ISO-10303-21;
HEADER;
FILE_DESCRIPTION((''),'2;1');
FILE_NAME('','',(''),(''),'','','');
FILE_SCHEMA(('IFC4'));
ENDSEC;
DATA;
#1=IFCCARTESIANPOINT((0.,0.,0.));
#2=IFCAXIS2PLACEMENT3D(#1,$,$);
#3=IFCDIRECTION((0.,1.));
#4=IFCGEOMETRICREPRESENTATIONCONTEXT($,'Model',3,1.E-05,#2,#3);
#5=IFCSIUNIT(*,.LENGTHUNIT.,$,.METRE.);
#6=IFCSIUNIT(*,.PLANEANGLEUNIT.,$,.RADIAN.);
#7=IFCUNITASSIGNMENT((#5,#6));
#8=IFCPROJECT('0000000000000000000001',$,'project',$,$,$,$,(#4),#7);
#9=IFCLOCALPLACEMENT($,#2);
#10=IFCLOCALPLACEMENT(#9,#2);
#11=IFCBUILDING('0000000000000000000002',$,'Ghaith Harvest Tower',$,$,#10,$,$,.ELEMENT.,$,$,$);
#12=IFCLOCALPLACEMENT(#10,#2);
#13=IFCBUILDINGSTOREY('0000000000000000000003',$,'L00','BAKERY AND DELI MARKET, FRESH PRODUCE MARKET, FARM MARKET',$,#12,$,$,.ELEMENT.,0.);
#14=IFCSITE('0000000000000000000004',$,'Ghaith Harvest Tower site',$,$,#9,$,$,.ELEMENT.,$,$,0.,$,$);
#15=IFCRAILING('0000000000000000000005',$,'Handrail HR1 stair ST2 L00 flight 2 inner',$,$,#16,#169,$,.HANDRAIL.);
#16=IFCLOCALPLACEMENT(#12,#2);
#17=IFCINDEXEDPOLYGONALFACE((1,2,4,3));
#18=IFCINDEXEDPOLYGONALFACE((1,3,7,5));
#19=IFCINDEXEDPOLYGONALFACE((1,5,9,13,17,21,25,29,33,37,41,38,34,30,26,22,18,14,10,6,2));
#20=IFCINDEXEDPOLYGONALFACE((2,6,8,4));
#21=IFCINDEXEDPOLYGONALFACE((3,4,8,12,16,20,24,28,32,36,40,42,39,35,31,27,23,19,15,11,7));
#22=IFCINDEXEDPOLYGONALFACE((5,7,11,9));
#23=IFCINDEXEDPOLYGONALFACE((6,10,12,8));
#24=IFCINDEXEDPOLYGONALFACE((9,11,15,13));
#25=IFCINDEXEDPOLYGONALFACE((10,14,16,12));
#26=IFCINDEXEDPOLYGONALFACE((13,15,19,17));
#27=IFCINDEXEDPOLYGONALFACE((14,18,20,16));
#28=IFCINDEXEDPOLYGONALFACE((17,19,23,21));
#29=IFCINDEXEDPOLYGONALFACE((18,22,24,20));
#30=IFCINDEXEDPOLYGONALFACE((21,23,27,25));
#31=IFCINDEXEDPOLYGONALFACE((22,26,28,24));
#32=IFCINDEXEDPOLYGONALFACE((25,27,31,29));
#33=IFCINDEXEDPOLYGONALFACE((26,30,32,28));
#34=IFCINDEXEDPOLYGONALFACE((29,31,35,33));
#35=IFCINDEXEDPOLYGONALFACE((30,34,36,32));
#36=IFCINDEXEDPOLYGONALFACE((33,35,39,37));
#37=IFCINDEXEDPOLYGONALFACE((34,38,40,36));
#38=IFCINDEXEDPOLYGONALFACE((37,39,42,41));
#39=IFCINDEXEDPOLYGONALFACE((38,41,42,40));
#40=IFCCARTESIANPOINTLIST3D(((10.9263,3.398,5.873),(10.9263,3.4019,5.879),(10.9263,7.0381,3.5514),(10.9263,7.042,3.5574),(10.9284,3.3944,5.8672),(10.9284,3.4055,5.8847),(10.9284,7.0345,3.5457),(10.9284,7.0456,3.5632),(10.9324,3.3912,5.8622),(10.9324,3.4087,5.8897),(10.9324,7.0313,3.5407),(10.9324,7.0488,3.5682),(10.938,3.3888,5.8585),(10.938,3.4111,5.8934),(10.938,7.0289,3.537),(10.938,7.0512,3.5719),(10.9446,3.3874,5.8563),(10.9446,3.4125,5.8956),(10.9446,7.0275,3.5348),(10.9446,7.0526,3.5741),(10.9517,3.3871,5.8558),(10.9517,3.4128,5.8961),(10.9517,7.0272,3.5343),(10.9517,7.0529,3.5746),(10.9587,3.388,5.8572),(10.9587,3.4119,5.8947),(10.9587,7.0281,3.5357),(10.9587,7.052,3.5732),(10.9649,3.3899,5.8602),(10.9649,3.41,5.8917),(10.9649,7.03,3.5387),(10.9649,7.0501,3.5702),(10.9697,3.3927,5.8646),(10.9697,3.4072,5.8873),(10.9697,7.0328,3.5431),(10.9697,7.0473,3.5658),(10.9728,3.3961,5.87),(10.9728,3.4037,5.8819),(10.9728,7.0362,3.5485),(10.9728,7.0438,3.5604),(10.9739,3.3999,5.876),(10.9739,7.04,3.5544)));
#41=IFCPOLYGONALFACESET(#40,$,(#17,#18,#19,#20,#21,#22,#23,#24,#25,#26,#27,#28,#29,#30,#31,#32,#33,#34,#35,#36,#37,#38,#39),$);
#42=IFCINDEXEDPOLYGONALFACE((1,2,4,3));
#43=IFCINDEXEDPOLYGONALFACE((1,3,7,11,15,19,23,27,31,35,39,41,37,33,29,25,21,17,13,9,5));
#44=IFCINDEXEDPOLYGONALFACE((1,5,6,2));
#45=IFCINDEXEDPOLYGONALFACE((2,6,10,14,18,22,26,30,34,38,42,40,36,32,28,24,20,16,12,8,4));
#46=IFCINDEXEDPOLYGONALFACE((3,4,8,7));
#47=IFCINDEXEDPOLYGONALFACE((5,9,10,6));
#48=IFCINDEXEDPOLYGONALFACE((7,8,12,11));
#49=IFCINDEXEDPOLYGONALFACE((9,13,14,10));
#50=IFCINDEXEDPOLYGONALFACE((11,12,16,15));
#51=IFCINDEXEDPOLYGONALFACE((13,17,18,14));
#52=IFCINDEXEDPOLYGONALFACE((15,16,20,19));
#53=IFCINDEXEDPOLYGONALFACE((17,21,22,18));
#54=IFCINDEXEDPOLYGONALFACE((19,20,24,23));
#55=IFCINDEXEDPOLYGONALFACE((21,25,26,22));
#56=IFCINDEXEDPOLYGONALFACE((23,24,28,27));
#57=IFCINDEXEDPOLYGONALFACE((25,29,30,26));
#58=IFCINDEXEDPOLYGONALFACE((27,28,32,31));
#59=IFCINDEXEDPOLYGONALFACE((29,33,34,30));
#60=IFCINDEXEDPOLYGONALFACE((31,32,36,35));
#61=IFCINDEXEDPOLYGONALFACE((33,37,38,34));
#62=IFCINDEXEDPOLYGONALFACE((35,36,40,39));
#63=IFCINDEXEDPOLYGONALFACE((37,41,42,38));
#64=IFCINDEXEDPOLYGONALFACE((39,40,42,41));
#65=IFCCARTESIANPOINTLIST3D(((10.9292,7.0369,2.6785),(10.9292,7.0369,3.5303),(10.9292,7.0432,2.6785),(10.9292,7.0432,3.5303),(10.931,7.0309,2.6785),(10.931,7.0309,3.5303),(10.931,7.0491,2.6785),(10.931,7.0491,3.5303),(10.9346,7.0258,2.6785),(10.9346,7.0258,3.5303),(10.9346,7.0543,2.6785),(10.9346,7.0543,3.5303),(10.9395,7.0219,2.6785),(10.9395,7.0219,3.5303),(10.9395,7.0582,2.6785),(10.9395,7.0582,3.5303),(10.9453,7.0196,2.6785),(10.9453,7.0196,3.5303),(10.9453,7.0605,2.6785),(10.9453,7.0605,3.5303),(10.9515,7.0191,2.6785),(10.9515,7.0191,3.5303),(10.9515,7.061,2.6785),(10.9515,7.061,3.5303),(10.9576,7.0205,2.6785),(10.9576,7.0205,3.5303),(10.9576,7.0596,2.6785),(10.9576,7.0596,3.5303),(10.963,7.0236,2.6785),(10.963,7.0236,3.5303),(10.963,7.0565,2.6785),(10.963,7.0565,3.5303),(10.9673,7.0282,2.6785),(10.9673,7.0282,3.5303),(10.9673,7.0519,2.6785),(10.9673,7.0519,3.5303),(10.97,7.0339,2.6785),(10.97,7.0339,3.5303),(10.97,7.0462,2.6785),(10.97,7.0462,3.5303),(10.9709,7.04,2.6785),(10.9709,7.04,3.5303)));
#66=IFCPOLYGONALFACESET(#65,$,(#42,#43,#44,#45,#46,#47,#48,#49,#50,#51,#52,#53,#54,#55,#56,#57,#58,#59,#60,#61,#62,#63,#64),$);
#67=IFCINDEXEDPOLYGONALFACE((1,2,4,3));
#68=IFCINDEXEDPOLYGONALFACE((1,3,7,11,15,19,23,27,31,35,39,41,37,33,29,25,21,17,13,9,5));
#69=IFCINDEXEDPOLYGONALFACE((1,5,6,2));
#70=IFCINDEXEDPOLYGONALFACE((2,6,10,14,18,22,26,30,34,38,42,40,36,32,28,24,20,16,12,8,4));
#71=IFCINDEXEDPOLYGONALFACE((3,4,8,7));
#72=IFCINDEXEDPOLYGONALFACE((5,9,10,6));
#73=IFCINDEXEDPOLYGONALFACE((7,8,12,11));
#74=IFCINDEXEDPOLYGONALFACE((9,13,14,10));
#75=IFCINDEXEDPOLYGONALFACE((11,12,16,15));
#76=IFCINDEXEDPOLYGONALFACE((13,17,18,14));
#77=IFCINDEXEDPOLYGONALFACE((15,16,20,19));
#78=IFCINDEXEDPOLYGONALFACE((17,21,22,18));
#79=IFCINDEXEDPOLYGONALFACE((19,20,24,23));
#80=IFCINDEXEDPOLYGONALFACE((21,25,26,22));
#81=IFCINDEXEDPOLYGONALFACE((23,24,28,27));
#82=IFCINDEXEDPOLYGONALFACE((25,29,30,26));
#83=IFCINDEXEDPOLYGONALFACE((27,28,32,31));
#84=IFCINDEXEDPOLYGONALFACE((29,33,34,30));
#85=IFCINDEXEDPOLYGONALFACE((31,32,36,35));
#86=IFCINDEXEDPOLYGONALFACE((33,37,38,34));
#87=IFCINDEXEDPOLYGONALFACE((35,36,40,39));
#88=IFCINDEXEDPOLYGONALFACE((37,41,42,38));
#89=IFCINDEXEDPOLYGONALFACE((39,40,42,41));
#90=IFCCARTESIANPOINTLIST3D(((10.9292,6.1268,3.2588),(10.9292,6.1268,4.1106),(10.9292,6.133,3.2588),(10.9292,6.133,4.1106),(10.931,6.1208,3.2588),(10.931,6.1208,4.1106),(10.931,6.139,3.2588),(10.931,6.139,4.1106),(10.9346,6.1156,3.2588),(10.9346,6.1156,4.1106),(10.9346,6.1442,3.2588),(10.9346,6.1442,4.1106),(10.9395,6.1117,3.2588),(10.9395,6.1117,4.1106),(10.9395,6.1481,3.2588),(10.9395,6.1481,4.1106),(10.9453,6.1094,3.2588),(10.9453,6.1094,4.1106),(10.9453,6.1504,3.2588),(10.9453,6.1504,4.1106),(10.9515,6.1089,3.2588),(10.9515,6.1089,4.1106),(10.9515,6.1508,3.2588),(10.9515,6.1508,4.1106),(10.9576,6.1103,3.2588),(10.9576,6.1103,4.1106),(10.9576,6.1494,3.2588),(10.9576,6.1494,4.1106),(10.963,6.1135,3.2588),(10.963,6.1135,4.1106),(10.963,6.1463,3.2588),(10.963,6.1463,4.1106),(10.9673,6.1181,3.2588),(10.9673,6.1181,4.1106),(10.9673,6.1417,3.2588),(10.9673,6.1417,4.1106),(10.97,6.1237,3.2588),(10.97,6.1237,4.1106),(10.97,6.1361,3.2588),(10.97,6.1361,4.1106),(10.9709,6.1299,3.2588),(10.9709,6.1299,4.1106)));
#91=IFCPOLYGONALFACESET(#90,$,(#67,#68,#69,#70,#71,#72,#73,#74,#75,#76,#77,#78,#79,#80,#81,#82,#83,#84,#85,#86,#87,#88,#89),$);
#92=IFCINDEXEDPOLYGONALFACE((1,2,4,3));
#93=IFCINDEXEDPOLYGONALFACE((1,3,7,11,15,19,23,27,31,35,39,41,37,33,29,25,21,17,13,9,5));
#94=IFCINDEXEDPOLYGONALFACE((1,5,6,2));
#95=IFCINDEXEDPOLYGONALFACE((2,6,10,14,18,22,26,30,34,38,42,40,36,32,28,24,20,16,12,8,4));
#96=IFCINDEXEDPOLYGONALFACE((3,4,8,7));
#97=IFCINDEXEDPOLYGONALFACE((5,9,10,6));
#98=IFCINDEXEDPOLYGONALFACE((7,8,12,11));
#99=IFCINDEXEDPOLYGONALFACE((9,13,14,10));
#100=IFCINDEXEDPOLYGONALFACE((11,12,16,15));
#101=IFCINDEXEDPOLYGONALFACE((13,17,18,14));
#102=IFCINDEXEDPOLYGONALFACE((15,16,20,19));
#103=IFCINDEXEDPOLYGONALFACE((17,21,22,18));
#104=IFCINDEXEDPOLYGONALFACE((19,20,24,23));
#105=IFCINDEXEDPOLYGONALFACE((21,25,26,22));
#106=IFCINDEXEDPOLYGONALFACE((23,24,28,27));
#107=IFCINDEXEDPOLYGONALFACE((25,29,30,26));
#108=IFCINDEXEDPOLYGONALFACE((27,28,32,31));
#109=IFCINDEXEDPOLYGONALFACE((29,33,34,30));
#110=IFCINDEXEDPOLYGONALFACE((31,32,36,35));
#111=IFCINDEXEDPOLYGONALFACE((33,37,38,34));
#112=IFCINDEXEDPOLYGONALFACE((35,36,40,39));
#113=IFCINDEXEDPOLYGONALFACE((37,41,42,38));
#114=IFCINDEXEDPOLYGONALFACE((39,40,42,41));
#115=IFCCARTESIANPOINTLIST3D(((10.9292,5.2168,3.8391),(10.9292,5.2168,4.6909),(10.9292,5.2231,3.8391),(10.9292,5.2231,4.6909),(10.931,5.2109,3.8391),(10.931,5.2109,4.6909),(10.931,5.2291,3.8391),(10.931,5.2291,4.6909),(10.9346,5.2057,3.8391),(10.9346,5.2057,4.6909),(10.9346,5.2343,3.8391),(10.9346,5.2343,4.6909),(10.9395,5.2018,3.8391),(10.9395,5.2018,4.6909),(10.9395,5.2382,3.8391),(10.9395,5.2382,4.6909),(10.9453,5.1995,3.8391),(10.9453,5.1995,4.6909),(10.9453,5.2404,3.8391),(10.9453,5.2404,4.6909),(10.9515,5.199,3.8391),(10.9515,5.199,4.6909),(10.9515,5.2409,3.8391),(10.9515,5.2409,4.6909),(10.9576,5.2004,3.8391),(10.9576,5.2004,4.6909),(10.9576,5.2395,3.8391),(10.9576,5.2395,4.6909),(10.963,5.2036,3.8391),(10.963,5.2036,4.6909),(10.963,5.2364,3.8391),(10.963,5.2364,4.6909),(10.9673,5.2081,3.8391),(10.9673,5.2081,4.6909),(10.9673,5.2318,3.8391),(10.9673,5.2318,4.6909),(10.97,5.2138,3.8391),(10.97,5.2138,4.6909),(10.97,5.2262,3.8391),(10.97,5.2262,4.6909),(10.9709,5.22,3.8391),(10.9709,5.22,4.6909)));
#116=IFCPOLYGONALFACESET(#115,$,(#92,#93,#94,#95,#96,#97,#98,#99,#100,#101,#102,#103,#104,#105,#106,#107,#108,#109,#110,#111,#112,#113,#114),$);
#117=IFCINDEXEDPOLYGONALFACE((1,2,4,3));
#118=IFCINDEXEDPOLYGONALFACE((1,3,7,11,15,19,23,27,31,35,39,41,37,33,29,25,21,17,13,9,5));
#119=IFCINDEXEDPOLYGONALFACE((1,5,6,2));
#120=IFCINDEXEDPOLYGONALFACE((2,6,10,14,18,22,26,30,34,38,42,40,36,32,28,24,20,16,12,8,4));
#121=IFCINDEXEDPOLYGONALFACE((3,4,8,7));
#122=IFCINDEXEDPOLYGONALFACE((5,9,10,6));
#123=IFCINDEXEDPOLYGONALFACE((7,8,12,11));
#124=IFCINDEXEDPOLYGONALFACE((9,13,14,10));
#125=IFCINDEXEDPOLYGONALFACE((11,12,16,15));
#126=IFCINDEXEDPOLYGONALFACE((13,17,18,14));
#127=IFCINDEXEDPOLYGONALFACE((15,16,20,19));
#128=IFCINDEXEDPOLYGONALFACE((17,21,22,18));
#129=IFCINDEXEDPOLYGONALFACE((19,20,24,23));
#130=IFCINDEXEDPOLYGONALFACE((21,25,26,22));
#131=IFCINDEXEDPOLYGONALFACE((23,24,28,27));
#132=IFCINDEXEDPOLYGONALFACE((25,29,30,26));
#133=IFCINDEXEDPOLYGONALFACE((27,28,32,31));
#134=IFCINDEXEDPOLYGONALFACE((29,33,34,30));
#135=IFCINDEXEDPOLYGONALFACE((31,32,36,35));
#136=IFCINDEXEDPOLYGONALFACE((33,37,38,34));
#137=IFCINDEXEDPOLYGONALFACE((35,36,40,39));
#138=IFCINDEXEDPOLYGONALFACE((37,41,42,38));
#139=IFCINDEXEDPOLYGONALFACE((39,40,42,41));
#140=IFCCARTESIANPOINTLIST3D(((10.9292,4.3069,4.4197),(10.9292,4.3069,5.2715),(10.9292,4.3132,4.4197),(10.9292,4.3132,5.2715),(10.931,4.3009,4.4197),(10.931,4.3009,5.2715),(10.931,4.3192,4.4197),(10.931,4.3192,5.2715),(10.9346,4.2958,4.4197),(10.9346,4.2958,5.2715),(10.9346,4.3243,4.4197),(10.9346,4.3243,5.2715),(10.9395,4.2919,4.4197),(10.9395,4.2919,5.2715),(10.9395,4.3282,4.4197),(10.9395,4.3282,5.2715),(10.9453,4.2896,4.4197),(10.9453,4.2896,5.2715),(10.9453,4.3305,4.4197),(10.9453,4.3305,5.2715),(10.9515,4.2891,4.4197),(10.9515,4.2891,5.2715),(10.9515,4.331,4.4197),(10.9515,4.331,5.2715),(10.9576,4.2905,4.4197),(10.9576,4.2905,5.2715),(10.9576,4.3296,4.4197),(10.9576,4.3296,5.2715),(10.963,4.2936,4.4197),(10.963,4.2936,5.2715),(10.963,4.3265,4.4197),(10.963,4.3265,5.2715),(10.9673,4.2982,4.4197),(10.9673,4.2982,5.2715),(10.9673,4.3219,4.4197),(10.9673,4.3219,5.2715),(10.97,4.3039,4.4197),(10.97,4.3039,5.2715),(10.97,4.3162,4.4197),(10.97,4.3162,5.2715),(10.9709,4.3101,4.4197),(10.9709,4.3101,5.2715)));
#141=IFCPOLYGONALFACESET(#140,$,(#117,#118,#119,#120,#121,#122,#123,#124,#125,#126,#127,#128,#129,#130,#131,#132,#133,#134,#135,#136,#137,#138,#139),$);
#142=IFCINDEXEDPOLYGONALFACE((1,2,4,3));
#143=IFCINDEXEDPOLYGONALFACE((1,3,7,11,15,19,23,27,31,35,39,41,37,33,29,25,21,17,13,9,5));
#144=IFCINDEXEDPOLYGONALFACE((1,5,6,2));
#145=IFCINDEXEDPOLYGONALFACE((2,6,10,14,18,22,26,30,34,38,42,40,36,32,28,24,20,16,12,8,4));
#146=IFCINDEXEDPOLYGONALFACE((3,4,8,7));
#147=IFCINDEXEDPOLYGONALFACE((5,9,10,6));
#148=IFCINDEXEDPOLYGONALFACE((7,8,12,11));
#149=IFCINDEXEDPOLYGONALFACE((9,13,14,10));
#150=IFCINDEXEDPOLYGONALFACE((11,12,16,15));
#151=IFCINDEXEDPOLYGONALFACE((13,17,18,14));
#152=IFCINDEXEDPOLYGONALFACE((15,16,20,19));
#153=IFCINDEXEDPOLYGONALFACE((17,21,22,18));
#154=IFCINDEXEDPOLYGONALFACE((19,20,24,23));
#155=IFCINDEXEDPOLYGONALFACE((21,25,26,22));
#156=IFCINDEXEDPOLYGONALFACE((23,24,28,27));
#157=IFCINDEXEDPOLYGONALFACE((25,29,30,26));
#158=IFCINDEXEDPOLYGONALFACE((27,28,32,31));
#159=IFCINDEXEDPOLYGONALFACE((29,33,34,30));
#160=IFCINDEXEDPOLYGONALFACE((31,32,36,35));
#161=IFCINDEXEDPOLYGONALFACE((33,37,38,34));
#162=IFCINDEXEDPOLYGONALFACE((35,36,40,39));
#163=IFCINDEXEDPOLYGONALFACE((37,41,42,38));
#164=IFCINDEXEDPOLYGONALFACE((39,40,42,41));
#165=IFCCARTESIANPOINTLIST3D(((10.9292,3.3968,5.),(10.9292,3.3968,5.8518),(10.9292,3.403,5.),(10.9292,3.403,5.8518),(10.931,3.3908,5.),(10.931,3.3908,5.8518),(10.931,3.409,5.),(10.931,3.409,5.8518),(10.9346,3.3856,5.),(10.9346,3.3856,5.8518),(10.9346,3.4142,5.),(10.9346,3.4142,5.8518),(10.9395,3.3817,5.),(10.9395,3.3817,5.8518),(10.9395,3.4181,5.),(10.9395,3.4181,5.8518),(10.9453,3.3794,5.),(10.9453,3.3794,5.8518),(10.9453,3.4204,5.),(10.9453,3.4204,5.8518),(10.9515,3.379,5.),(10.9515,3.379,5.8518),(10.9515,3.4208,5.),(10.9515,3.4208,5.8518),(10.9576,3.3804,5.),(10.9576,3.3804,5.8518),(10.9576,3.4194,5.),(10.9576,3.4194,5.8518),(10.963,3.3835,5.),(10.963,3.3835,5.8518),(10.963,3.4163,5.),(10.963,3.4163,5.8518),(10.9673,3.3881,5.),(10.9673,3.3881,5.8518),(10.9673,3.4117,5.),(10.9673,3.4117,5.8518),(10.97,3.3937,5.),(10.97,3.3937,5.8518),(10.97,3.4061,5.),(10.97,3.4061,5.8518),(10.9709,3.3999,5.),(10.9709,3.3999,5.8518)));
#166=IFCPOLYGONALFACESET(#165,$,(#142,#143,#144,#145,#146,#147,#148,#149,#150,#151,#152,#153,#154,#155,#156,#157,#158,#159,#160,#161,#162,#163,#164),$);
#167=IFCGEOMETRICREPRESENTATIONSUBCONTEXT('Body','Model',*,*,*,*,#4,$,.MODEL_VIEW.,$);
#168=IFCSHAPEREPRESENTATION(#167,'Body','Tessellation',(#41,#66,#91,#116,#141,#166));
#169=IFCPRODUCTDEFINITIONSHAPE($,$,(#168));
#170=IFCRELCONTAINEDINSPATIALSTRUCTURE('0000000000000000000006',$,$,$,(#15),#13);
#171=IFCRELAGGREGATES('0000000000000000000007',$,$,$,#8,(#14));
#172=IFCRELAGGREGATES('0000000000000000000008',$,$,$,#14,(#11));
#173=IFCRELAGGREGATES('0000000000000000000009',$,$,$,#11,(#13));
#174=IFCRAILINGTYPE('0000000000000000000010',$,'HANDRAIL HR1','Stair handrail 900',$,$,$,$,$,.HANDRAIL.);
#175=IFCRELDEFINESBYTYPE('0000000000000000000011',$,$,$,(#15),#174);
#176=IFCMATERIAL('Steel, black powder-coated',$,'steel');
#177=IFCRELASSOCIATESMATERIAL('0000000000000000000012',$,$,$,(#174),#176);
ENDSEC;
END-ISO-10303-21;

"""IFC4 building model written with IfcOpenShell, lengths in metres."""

from ifc_helpers import new_model, si_unit, direction, frame, origin, origin_2d, place, context, subcontext, project, spatial, circle, extrude, material, type_object, element, save


model = new_model("IFC4")

# Units and contexts
model_context = context("Model", 3, precision=1e-05, world=origin(), true_north=direction((0.0, 1.0)))
body_context = subcontext(model_context, "Body", "Model", "MODEL_VIEW")
ifc_project = project(units=[si_unit("LENGTHUNIT", "METRE"), si_unit("PLANEANGLEUNIT", "RADIAN")], contexts=[model_context])

# Site, building, storey
site_placement = place(None, origin())
site = spatial("IfcSite", under=ifc_project, at=site_placement, Name="Ghaith Harvest Tower site", CompositionType="ELEMENT", RefElevation=0.0)
building_placement = place(site_placement, origin())
building = spatial("IfcBuilding", under=site, at=building_placement, Name="Ghaith Harvest Tower", CompositionType="ELEMENT")
storey_placement = place(building_placement, origin())
storey = spatial("IfcBuildingStorey", under=building, at=storey_placement, Name="L00", Description="BAKERY AND DELI MARKET, FRESH PRODUCE MARKET, FARM MARKET", CompositionType="ELEMENT", Elevation=0.0)

# Railing
ifc_material_1 = material(Name="Steel, black powder-coated", Category="steel")
railing_type = type_object("IfcRailingType", Name="HANDRAIL HR1", Description="Stair handrail 900", PredefinedType="HANDRAIL", material=ifc_material_1)
railing_1_placement = place(storey_placement, frame((10.95, 7.04, 2.6785)))
element("IfcRailing", 1, at=railing_1_placement, inside=storey, type_object=railing_type, Name="Handrail HR1 stair ST2 L00 flight 2 inner", PredefinedType="HANDRAIL", context=body_context, shape_type="SweptSolid", body=[
    extrude(circle(Radius=0.0239, at=origin_2d()), frame((0.0, 0.0, 0.876), z_axis=(0.0, -0.843128, 0.537713), x_axis=(1.0, 0.0, 0.0)), (0.0, 0.0, 1.0), 4.3174),
    extrude(circle(Radius=0.021, at=origin_2d()), origin(), (0.0, 0.0, 1.0), 0.8518),
    extrude(circle(Radius=0.021, at=origin_2d()), frame((0.0, -0.9102, 0.5803)), (0.0, 0.0, 1.0), 0.8518),
    extrude(circle(Radius=0.021, at=origin_2d()), frame((0.0, -1.8201, 1.1606)), (0.0, 0.0, 1.0), 0.8518),
    extrude(circle(Radius=0.021, at=origin_2d()), frame((0.0, -2.73, 1.7412)), (0.0, 0.0, 1.0), 0.8518),
    extrude(circle(Radius=0.021, at=origin_2d()), frame((0.0, -3.6401, 2.3215)), (0.0, 0.0, 1.0), 0.8518),
])

save(model, "model.ifc")
